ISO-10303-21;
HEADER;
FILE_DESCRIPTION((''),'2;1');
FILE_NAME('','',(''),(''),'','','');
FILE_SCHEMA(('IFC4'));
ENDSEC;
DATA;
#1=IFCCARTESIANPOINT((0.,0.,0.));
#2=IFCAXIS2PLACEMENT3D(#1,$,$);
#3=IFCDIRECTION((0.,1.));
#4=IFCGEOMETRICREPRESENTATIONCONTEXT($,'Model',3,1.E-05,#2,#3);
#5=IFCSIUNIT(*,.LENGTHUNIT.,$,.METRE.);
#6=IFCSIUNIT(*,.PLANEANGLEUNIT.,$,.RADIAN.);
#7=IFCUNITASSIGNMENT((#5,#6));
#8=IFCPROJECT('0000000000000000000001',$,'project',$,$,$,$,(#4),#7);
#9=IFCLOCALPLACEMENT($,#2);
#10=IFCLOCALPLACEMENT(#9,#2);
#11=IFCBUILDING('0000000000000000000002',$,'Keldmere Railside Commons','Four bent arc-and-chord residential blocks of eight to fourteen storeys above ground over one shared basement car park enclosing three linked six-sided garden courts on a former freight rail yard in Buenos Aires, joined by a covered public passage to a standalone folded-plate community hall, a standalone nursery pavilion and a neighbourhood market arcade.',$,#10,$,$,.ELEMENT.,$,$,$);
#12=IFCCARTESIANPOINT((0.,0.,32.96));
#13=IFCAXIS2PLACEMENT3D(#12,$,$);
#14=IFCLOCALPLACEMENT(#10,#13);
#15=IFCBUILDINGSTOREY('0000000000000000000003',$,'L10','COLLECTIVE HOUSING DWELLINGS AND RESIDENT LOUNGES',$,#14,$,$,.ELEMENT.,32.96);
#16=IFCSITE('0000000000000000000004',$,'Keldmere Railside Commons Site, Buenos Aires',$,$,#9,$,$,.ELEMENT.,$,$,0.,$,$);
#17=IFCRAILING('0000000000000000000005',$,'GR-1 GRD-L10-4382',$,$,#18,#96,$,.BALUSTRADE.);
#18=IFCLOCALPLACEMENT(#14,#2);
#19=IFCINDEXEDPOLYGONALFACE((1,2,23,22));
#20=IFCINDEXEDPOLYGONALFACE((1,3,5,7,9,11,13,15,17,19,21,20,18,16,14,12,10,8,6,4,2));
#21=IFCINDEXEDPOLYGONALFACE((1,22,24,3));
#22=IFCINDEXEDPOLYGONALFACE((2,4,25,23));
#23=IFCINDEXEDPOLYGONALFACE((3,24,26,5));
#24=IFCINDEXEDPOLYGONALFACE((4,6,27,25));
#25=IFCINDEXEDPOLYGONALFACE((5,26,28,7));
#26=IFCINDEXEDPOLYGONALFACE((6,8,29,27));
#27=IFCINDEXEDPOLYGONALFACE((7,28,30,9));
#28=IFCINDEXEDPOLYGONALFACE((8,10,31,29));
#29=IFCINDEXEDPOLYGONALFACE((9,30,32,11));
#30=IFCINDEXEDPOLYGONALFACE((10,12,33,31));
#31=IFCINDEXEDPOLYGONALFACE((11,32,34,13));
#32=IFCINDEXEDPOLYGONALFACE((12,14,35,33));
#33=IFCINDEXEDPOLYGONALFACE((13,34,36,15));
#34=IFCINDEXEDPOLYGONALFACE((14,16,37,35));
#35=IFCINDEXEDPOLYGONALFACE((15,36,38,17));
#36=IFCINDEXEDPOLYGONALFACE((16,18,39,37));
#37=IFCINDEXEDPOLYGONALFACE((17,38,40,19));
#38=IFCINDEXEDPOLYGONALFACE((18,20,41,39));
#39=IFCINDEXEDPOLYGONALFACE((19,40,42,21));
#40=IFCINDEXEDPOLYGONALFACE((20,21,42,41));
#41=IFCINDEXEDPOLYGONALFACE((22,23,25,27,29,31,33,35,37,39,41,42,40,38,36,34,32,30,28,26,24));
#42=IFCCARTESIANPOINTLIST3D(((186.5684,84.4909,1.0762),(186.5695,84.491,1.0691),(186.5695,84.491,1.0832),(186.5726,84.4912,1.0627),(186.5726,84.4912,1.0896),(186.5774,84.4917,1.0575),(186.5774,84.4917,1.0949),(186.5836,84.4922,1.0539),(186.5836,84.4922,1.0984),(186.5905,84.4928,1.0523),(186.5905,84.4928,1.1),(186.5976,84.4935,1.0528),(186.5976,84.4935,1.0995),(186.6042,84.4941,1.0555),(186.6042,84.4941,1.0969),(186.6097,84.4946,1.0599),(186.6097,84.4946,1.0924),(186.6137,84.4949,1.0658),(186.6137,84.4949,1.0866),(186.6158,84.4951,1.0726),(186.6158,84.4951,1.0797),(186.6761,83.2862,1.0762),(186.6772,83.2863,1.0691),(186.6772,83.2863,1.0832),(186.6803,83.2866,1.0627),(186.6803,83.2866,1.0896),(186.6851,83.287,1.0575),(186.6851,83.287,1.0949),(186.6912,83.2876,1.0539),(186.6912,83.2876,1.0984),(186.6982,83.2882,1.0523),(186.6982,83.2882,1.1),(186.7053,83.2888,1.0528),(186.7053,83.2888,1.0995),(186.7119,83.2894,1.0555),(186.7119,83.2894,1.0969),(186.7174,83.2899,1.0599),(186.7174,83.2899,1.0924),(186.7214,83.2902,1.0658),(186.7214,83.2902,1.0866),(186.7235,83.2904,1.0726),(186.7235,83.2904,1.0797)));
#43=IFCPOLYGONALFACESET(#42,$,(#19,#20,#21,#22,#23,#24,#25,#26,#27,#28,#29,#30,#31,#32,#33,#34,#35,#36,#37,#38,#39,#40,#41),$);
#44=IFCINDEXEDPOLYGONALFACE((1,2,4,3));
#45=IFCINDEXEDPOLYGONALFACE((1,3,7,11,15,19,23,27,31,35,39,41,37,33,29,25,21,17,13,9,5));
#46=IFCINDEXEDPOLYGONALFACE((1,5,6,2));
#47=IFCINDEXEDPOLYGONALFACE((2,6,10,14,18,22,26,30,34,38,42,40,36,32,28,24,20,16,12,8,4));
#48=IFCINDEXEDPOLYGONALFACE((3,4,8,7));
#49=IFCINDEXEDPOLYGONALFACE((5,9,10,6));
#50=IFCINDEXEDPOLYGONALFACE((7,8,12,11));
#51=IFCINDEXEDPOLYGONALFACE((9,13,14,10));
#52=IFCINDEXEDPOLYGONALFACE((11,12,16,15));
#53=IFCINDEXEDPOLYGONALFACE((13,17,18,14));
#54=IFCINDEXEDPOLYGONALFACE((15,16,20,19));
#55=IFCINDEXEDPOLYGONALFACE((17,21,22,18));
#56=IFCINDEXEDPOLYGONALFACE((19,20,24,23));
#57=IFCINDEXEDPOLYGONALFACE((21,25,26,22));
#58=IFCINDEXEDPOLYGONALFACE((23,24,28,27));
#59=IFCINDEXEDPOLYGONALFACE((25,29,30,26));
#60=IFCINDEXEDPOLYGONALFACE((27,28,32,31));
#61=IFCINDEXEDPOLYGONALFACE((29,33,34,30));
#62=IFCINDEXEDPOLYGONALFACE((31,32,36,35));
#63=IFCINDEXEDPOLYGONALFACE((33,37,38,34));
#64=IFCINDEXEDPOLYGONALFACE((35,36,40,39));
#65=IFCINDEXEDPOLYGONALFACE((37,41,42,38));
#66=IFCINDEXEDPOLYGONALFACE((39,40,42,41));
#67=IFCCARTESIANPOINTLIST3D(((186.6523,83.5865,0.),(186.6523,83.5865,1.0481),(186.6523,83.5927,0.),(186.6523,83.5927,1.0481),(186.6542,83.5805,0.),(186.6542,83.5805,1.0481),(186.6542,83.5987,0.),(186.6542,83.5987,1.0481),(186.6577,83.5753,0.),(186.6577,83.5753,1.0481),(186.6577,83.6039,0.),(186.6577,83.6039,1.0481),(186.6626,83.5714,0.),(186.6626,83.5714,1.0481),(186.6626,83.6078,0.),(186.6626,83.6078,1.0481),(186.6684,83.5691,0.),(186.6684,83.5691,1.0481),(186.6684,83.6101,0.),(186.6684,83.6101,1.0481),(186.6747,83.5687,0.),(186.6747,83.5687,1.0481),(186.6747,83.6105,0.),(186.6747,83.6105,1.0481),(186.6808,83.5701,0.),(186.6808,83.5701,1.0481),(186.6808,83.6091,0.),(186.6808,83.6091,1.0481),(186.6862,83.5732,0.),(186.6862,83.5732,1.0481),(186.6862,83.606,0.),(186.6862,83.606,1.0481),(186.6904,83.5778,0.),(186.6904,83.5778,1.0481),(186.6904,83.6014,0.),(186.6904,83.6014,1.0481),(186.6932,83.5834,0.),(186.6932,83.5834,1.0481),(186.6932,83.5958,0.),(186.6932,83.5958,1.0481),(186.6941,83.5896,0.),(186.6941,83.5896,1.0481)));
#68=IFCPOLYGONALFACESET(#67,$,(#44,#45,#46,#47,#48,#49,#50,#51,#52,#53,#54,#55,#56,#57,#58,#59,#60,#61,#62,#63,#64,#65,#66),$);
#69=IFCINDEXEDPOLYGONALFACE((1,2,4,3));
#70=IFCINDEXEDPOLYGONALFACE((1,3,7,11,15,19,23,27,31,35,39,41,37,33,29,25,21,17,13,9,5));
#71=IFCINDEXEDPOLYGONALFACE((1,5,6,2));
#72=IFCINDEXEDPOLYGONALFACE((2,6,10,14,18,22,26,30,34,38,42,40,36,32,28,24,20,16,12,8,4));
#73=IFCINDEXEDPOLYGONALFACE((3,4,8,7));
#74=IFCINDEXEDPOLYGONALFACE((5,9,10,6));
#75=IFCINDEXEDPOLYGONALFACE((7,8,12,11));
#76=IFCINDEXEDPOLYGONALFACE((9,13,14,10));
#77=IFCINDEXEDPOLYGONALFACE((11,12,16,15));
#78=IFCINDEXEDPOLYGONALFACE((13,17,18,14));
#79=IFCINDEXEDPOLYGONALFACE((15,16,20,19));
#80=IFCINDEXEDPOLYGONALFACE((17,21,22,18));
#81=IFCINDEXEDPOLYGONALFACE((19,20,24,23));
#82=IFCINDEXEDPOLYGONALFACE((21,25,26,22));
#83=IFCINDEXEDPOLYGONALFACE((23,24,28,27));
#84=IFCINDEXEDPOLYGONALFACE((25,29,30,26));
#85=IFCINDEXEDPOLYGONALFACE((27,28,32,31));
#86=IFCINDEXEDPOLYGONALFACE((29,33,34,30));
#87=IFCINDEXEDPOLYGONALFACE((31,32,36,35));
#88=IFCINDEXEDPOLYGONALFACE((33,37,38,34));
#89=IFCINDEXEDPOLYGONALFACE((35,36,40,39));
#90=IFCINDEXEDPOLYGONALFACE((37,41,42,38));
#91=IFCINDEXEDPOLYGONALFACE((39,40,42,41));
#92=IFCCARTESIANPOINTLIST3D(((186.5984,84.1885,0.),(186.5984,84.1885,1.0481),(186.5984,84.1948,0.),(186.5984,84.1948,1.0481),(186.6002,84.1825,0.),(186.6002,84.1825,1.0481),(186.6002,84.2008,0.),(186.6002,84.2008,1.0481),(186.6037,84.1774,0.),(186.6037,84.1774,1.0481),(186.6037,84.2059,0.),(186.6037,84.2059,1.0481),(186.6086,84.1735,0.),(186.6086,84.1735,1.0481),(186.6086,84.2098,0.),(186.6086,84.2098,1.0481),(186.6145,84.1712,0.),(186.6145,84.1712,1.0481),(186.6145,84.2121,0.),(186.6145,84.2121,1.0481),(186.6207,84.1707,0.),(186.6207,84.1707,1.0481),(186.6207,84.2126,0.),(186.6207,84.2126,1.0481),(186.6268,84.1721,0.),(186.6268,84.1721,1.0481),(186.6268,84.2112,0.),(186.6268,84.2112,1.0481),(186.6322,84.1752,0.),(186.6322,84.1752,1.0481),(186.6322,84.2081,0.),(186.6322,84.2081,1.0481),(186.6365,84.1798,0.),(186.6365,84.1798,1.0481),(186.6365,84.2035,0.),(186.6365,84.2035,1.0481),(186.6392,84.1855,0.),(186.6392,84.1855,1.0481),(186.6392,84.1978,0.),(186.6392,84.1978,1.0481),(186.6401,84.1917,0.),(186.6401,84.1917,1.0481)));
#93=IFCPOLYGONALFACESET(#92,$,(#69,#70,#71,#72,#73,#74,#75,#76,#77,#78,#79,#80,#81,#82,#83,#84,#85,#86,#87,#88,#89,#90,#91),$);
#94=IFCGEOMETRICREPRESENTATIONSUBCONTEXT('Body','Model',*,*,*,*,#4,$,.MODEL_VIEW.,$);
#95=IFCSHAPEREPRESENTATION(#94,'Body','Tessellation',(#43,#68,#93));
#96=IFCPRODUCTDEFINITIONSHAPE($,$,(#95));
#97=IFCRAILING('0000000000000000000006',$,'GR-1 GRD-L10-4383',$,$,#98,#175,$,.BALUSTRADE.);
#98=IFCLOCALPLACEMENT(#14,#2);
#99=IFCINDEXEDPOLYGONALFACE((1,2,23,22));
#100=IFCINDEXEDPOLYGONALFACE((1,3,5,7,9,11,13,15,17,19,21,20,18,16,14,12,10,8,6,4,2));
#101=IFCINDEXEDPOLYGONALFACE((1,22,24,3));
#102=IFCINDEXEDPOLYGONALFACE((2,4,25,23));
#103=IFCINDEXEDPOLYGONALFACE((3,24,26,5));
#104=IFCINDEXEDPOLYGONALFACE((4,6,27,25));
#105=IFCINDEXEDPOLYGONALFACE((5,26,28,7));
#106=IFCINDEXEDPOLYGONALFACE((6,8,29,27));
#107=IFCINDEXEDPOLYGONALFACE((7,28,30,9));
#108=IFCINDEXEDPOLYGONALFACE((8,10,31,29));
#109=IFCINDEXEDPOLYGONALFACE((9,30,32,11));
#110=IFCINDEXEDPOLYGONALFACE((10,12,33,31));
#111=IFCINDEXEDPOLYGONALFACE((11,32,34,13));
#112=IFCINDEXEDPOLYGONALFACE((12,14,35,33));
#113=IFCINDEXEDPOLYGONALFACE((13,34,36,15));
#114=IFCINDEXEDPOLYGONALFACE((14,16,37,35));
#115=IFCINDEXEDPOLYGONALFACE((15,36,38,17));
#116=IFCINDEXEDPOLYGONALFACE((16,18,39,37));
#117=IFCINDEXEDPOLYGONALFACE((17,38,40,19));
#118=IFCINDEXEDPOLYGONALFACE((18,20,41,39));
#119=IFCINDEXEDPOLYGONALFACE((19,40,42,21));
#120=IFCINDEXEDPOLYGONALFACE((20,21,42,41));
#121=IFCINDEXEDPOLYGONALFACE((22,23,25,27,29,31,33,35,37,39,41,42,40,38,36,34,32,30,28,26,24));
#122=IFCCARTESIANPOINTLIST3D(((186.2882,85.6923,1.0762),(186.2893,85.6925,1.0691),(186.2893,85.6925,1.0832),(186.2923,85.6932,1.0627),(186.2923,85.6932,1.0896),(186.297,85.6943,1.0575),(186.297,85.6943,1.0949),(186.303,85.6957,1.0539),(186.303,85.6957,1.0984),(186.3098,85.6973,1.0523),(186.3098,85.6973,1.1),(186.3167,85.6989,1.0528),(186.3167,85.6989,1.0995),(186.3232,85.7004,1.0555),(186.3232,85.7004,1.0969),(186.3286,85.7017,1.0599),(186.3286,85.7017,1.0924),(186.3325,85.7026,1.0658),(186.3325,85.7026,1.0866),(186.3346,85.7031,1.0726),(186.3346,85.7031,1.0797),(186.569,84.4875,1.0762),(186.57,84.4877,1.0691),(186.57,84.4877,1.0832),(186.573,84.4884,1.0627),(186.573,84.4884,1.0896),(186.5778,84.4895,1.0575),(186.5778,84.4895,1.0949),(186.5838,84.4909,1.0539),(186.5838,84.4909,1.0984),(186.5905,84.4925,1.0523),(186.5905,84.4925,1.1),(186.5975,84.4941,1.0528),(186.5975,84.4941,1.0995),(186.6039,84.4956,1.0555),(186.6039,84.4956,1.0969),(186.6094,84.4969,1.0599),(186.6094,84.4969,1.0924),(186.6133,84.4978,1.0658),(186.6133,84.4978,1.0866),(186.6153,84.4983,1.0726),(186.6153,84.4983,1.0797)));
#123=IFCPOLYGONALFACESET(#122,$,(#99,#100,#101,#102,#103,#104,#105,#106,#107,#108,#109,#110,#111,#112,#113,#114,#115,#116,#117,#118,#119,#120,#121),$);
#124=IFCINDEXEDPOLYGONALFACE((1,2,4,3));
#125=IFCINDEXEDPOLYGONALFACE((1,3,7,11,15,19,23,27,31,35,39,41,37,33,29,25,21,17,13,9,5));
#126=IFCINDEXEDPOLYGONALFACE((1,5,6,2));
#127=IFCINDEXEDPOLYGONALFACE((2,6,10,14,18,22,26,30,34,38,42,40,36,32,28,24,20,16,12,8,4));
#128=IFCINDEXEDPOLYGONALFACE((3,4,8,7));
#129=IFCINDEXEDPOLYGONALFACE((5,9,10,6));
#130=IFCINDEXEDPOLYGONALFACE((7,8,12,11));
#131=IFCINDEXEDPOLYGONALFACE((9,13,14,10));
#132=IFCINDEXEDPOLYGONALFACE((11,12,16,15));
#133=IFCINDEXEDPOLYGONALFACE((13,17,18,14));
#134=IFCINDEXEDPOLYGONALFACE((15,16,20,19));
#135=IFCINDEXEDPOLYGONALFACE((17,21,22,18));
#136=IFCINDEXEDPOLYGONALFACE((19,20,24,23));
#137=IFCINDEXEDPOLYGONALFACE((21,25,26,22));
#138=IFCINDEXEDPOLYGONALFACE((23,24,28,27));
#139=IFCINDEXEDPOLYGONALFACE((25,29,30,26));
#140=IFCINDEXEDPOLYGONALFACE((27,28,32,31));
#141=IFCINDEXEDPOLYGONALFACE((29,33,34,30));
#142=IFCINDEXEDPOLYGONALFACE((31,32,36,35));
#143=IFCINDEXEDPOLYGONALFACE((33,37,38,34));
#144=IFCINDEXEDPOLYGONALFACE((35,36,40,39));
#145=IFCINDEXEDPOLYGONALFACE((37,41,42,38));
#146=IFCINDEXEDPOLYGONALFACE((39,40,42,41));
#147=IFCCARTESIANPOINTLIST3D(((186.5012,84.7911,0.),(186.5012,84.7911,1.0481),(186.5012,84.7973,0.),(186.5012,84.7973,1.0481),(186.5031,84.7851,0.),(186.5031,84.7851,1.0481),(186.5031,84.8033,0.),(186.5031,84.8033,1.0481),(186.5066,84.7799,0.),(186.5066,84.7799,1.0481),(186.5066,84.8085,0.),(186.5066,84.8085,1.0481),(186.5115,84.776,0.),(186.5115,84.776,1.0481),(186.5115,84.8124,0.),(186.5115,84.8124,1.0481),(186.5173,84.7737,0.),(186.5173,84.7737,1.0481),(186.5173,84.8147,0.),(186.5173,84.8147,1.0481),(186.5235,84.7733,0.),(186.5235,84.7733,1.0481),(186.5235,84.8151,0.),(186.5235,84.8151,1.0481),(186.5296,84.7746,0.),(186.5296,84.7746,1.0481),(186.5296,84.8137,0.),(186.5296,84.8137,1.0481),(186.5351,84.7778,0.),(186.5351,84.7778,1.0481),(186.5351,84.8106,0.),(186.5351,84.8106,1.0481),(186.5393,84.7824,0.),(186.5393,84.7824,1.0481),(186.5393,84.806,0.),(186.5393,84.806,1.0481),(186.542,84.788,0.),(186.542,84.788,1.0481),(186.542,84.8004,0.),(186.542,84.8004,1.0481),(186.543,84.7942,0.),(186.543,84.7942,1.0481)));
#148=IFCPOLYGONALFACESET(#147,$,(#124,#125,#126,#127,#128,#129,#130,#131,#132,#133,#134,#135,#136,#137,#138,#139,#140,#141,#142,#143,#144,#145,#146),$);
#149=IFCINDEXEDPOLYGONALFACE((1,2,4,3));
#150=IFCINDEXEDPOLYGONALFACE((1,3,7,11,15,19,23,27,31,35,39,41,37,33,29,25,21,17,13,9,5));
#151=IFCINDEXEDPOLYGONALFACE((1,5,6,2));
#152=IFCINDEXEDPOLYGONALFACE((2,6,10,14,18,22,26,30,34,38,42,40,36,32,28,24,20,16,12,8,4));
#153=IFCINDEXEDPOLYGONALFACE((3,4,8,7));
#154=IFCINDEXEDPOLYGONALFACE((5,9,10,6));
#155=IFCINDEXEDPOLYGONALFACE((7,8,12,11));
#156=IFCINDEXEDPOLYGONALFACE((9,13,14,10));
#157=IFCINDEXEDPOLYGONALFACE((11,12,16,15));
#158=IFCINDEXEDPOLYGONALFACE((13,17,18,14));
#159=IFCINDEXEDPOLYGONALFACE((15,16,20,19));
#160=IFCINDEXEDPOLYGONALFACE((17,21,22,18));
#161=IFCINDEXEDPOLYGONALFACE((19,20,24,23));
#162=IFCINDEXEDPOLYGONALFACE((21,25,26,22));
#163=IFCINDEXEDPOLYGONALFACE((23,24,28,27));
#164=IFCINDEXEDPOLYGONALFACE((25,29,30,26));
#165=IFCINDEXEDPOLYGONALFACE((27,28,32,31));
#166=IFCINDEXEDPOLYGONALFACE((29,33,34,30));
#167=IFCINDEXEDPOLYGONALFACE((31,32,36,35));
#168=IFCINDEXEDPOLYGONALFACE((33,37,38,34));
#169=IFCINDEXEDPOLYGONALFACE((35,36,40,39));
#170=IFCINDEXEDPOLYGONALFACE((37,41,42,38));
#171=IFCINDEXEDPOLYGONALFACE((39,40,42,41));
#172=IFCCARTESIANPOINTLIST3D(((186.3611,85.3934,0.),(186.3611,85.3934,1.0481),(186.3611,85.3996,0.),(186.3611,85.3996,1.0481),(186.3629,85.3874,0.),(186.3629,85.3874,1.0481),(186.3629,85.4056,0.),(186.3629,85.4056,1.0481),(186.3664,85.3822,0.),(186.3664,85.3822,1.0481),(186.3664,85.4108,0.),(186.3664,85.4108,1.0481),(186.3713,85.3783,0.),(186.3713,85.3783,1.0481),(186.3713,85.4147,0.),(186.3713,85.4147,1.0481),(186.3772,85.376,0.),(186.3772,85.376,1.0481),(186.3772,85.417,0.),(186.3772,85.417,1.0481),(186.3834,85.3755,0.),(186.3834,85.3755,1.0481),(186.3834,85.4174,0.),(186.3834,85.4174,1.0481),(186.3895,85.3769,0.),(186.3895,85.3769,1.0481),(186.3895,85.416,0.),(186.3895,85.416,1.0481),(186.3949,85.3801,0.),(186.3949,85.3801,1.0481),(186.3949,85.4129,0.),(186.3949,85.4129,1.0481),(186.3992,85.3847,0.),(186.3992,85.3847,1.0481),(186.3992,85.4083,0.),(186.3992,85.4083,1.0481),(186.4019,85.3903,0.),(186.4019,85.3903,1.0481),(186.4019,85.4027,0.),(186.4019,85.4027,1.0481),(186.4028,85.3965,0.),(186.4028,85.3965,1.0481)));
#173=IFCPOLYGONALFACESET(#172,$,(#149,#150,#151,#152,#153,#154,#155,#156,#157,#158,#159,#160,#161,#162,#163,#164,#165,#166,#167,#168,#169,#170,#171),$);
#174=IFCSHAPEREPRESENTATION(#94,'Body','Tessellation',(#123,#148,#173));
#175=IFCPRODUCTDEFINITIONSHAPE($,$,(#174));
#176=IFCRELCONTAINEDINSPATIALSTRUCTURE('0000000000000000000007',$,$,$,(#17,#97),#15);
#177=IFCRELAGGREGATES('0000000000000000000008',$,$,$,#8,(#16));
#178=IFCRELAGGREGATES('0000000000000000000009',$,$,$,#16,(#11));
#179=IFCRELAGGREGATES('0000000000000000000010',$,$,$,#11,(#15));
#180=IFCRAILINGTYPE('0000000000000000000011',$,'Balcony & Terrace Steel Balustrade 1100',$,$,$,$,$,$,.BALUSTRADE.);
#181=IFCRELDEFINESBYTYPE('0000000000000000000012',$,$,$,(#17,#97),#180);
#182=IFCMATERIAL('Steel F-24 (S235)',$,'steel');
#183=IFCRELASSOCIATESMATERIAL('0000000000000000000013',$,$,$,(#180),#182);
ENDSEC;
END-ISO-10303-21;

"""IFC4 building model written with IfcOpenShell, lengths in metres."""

from ifc_helpers import new_model, si_unit, direction, frame, origin, origin_2d, place, context, subcontext, project, spatial, circle, extrude, material, type_object, element, save


model = new_model("IFC4")

# Units and contexts
model_context = context("Model", 3, precision=1e-05, world=origin(), true_north=direction((0.0, 1.0)))
body_context = subcontext(model_context, "Body", "Model", "MODEL_VIEW")
ifc_project = project(units=[si_unit("LENGTHUNIT", "METRE"), si_unit("PLANEANGLEUNIT", "RADIAN")], contexts=[model_context])

# Site, building, storey
site_placement = place(None, origin())
site = spatial("IfcSite", under=ifc_project, at=site_placement, Name="Keldmere Railside Commons Site, Buenos Aires", CompositionType="ELEMENT", RefElevation=0.0)
building_placement = place(site_placement, origin())
building = spatial("IfcBuilding", under=site, at=building_placement, Name="Keldmere Railside Commons", Description="Four bent arc-and-chord residential blocks of eight to fourteen storeys above ground over one shared basement car park enclosing three linked six-sided garden courts on a former freight rail yard in Buenos Aires, joined by a covered public passage to a standalone folded-plate community hall, a standalone nursery pavilion and a neighbourhood market arcade.", CompositionType="ELEMENT")
storey_placement = place(building_placement, frame((0.0, 0.0, 32.96)))
storey = spatial("IfcBuildingStorey", under=building, at=storey_placement, Name="L10", Description="COLLECTIVE HOUSING DWELLINGS AND RESIDENT LOUNGES", CompositionType="ELEMENT", Elevation=32.96)

# Railings
ifc_material_1 = material(Name="Steel F-24 (S235)", Category="steel")
railing_type = type_object("IfcRailingType", Name="Balcony & Terrace Steel Balustrade 1100", PredefinedType="BALUSTRADE", material=ifc_material_1)
railing_1_placement = place(storey_placement, frame((186.7, 83.2883, 0.0)))
element("IfcRailing", 1, at=railing_1_placement, inside=storey, type_object=railing_type, Name="GR-1 GRD-L10-4382", PredefinedType="BALUSTRADE", context=body_context, shape_type="SweptSolid", body=[
    extrude(circle(Radius=0.0239, at=origin_2d()), frame((0.0, 0.0, 1.0762), z_axis=(-0.089025, 0.996029, 0.0), x_axis=(-0.996029, -0.089025, 0.0)), (0.0, 0.0, 1.0), 1.2095),
    extrude(circle(Radius=0.021, at=origin_2d()), frame((-0.0269, 0.3013, 0.0)), (0.0, 0.0, 1.0), 1.0481),
    extrude(circle(Radius=0.021, at=origin_2d()), frame((-0.0808, 0.9033, 0.0)), (0.0, 0.0, 1.0), 1.0481),
])
railing_2_placement = place(storey_placement, frame((186.5923, 84.4929, 0.0)))
element("IfcRailing", 2, at=railing_2_placement, inside=storey, type_object=railing_type, Name="GR-1 GRD-L10-4383", PredefinedType="BALUSTRADE", context=body_context, shape_type="SweptSolid", body=[
    extrude(circle(Radius=0.0239, at=origin_2d()), frame((0.0, 0.0, 1.0762), z_axis=(-0.226949, 0.973907, 0.0), x_axis=(-0.973907, -0.226949, 0.0)), (0.0, 0.0, 1.0), 1.2371),
    extrude(circle(Radius=0.021, at=origin_2d()), frame((-0.0703, 0.3013, 0.0)), (0.0, 0.0, 1.0), 1.0481),
    extrude(circle(Radius=0.021, at=origin_2d()), frame((-0.2104, 0.9036, 0.0)), (0.0, 0.0, 1.0), 1.0481),
])

save(model, "model.ifc")
